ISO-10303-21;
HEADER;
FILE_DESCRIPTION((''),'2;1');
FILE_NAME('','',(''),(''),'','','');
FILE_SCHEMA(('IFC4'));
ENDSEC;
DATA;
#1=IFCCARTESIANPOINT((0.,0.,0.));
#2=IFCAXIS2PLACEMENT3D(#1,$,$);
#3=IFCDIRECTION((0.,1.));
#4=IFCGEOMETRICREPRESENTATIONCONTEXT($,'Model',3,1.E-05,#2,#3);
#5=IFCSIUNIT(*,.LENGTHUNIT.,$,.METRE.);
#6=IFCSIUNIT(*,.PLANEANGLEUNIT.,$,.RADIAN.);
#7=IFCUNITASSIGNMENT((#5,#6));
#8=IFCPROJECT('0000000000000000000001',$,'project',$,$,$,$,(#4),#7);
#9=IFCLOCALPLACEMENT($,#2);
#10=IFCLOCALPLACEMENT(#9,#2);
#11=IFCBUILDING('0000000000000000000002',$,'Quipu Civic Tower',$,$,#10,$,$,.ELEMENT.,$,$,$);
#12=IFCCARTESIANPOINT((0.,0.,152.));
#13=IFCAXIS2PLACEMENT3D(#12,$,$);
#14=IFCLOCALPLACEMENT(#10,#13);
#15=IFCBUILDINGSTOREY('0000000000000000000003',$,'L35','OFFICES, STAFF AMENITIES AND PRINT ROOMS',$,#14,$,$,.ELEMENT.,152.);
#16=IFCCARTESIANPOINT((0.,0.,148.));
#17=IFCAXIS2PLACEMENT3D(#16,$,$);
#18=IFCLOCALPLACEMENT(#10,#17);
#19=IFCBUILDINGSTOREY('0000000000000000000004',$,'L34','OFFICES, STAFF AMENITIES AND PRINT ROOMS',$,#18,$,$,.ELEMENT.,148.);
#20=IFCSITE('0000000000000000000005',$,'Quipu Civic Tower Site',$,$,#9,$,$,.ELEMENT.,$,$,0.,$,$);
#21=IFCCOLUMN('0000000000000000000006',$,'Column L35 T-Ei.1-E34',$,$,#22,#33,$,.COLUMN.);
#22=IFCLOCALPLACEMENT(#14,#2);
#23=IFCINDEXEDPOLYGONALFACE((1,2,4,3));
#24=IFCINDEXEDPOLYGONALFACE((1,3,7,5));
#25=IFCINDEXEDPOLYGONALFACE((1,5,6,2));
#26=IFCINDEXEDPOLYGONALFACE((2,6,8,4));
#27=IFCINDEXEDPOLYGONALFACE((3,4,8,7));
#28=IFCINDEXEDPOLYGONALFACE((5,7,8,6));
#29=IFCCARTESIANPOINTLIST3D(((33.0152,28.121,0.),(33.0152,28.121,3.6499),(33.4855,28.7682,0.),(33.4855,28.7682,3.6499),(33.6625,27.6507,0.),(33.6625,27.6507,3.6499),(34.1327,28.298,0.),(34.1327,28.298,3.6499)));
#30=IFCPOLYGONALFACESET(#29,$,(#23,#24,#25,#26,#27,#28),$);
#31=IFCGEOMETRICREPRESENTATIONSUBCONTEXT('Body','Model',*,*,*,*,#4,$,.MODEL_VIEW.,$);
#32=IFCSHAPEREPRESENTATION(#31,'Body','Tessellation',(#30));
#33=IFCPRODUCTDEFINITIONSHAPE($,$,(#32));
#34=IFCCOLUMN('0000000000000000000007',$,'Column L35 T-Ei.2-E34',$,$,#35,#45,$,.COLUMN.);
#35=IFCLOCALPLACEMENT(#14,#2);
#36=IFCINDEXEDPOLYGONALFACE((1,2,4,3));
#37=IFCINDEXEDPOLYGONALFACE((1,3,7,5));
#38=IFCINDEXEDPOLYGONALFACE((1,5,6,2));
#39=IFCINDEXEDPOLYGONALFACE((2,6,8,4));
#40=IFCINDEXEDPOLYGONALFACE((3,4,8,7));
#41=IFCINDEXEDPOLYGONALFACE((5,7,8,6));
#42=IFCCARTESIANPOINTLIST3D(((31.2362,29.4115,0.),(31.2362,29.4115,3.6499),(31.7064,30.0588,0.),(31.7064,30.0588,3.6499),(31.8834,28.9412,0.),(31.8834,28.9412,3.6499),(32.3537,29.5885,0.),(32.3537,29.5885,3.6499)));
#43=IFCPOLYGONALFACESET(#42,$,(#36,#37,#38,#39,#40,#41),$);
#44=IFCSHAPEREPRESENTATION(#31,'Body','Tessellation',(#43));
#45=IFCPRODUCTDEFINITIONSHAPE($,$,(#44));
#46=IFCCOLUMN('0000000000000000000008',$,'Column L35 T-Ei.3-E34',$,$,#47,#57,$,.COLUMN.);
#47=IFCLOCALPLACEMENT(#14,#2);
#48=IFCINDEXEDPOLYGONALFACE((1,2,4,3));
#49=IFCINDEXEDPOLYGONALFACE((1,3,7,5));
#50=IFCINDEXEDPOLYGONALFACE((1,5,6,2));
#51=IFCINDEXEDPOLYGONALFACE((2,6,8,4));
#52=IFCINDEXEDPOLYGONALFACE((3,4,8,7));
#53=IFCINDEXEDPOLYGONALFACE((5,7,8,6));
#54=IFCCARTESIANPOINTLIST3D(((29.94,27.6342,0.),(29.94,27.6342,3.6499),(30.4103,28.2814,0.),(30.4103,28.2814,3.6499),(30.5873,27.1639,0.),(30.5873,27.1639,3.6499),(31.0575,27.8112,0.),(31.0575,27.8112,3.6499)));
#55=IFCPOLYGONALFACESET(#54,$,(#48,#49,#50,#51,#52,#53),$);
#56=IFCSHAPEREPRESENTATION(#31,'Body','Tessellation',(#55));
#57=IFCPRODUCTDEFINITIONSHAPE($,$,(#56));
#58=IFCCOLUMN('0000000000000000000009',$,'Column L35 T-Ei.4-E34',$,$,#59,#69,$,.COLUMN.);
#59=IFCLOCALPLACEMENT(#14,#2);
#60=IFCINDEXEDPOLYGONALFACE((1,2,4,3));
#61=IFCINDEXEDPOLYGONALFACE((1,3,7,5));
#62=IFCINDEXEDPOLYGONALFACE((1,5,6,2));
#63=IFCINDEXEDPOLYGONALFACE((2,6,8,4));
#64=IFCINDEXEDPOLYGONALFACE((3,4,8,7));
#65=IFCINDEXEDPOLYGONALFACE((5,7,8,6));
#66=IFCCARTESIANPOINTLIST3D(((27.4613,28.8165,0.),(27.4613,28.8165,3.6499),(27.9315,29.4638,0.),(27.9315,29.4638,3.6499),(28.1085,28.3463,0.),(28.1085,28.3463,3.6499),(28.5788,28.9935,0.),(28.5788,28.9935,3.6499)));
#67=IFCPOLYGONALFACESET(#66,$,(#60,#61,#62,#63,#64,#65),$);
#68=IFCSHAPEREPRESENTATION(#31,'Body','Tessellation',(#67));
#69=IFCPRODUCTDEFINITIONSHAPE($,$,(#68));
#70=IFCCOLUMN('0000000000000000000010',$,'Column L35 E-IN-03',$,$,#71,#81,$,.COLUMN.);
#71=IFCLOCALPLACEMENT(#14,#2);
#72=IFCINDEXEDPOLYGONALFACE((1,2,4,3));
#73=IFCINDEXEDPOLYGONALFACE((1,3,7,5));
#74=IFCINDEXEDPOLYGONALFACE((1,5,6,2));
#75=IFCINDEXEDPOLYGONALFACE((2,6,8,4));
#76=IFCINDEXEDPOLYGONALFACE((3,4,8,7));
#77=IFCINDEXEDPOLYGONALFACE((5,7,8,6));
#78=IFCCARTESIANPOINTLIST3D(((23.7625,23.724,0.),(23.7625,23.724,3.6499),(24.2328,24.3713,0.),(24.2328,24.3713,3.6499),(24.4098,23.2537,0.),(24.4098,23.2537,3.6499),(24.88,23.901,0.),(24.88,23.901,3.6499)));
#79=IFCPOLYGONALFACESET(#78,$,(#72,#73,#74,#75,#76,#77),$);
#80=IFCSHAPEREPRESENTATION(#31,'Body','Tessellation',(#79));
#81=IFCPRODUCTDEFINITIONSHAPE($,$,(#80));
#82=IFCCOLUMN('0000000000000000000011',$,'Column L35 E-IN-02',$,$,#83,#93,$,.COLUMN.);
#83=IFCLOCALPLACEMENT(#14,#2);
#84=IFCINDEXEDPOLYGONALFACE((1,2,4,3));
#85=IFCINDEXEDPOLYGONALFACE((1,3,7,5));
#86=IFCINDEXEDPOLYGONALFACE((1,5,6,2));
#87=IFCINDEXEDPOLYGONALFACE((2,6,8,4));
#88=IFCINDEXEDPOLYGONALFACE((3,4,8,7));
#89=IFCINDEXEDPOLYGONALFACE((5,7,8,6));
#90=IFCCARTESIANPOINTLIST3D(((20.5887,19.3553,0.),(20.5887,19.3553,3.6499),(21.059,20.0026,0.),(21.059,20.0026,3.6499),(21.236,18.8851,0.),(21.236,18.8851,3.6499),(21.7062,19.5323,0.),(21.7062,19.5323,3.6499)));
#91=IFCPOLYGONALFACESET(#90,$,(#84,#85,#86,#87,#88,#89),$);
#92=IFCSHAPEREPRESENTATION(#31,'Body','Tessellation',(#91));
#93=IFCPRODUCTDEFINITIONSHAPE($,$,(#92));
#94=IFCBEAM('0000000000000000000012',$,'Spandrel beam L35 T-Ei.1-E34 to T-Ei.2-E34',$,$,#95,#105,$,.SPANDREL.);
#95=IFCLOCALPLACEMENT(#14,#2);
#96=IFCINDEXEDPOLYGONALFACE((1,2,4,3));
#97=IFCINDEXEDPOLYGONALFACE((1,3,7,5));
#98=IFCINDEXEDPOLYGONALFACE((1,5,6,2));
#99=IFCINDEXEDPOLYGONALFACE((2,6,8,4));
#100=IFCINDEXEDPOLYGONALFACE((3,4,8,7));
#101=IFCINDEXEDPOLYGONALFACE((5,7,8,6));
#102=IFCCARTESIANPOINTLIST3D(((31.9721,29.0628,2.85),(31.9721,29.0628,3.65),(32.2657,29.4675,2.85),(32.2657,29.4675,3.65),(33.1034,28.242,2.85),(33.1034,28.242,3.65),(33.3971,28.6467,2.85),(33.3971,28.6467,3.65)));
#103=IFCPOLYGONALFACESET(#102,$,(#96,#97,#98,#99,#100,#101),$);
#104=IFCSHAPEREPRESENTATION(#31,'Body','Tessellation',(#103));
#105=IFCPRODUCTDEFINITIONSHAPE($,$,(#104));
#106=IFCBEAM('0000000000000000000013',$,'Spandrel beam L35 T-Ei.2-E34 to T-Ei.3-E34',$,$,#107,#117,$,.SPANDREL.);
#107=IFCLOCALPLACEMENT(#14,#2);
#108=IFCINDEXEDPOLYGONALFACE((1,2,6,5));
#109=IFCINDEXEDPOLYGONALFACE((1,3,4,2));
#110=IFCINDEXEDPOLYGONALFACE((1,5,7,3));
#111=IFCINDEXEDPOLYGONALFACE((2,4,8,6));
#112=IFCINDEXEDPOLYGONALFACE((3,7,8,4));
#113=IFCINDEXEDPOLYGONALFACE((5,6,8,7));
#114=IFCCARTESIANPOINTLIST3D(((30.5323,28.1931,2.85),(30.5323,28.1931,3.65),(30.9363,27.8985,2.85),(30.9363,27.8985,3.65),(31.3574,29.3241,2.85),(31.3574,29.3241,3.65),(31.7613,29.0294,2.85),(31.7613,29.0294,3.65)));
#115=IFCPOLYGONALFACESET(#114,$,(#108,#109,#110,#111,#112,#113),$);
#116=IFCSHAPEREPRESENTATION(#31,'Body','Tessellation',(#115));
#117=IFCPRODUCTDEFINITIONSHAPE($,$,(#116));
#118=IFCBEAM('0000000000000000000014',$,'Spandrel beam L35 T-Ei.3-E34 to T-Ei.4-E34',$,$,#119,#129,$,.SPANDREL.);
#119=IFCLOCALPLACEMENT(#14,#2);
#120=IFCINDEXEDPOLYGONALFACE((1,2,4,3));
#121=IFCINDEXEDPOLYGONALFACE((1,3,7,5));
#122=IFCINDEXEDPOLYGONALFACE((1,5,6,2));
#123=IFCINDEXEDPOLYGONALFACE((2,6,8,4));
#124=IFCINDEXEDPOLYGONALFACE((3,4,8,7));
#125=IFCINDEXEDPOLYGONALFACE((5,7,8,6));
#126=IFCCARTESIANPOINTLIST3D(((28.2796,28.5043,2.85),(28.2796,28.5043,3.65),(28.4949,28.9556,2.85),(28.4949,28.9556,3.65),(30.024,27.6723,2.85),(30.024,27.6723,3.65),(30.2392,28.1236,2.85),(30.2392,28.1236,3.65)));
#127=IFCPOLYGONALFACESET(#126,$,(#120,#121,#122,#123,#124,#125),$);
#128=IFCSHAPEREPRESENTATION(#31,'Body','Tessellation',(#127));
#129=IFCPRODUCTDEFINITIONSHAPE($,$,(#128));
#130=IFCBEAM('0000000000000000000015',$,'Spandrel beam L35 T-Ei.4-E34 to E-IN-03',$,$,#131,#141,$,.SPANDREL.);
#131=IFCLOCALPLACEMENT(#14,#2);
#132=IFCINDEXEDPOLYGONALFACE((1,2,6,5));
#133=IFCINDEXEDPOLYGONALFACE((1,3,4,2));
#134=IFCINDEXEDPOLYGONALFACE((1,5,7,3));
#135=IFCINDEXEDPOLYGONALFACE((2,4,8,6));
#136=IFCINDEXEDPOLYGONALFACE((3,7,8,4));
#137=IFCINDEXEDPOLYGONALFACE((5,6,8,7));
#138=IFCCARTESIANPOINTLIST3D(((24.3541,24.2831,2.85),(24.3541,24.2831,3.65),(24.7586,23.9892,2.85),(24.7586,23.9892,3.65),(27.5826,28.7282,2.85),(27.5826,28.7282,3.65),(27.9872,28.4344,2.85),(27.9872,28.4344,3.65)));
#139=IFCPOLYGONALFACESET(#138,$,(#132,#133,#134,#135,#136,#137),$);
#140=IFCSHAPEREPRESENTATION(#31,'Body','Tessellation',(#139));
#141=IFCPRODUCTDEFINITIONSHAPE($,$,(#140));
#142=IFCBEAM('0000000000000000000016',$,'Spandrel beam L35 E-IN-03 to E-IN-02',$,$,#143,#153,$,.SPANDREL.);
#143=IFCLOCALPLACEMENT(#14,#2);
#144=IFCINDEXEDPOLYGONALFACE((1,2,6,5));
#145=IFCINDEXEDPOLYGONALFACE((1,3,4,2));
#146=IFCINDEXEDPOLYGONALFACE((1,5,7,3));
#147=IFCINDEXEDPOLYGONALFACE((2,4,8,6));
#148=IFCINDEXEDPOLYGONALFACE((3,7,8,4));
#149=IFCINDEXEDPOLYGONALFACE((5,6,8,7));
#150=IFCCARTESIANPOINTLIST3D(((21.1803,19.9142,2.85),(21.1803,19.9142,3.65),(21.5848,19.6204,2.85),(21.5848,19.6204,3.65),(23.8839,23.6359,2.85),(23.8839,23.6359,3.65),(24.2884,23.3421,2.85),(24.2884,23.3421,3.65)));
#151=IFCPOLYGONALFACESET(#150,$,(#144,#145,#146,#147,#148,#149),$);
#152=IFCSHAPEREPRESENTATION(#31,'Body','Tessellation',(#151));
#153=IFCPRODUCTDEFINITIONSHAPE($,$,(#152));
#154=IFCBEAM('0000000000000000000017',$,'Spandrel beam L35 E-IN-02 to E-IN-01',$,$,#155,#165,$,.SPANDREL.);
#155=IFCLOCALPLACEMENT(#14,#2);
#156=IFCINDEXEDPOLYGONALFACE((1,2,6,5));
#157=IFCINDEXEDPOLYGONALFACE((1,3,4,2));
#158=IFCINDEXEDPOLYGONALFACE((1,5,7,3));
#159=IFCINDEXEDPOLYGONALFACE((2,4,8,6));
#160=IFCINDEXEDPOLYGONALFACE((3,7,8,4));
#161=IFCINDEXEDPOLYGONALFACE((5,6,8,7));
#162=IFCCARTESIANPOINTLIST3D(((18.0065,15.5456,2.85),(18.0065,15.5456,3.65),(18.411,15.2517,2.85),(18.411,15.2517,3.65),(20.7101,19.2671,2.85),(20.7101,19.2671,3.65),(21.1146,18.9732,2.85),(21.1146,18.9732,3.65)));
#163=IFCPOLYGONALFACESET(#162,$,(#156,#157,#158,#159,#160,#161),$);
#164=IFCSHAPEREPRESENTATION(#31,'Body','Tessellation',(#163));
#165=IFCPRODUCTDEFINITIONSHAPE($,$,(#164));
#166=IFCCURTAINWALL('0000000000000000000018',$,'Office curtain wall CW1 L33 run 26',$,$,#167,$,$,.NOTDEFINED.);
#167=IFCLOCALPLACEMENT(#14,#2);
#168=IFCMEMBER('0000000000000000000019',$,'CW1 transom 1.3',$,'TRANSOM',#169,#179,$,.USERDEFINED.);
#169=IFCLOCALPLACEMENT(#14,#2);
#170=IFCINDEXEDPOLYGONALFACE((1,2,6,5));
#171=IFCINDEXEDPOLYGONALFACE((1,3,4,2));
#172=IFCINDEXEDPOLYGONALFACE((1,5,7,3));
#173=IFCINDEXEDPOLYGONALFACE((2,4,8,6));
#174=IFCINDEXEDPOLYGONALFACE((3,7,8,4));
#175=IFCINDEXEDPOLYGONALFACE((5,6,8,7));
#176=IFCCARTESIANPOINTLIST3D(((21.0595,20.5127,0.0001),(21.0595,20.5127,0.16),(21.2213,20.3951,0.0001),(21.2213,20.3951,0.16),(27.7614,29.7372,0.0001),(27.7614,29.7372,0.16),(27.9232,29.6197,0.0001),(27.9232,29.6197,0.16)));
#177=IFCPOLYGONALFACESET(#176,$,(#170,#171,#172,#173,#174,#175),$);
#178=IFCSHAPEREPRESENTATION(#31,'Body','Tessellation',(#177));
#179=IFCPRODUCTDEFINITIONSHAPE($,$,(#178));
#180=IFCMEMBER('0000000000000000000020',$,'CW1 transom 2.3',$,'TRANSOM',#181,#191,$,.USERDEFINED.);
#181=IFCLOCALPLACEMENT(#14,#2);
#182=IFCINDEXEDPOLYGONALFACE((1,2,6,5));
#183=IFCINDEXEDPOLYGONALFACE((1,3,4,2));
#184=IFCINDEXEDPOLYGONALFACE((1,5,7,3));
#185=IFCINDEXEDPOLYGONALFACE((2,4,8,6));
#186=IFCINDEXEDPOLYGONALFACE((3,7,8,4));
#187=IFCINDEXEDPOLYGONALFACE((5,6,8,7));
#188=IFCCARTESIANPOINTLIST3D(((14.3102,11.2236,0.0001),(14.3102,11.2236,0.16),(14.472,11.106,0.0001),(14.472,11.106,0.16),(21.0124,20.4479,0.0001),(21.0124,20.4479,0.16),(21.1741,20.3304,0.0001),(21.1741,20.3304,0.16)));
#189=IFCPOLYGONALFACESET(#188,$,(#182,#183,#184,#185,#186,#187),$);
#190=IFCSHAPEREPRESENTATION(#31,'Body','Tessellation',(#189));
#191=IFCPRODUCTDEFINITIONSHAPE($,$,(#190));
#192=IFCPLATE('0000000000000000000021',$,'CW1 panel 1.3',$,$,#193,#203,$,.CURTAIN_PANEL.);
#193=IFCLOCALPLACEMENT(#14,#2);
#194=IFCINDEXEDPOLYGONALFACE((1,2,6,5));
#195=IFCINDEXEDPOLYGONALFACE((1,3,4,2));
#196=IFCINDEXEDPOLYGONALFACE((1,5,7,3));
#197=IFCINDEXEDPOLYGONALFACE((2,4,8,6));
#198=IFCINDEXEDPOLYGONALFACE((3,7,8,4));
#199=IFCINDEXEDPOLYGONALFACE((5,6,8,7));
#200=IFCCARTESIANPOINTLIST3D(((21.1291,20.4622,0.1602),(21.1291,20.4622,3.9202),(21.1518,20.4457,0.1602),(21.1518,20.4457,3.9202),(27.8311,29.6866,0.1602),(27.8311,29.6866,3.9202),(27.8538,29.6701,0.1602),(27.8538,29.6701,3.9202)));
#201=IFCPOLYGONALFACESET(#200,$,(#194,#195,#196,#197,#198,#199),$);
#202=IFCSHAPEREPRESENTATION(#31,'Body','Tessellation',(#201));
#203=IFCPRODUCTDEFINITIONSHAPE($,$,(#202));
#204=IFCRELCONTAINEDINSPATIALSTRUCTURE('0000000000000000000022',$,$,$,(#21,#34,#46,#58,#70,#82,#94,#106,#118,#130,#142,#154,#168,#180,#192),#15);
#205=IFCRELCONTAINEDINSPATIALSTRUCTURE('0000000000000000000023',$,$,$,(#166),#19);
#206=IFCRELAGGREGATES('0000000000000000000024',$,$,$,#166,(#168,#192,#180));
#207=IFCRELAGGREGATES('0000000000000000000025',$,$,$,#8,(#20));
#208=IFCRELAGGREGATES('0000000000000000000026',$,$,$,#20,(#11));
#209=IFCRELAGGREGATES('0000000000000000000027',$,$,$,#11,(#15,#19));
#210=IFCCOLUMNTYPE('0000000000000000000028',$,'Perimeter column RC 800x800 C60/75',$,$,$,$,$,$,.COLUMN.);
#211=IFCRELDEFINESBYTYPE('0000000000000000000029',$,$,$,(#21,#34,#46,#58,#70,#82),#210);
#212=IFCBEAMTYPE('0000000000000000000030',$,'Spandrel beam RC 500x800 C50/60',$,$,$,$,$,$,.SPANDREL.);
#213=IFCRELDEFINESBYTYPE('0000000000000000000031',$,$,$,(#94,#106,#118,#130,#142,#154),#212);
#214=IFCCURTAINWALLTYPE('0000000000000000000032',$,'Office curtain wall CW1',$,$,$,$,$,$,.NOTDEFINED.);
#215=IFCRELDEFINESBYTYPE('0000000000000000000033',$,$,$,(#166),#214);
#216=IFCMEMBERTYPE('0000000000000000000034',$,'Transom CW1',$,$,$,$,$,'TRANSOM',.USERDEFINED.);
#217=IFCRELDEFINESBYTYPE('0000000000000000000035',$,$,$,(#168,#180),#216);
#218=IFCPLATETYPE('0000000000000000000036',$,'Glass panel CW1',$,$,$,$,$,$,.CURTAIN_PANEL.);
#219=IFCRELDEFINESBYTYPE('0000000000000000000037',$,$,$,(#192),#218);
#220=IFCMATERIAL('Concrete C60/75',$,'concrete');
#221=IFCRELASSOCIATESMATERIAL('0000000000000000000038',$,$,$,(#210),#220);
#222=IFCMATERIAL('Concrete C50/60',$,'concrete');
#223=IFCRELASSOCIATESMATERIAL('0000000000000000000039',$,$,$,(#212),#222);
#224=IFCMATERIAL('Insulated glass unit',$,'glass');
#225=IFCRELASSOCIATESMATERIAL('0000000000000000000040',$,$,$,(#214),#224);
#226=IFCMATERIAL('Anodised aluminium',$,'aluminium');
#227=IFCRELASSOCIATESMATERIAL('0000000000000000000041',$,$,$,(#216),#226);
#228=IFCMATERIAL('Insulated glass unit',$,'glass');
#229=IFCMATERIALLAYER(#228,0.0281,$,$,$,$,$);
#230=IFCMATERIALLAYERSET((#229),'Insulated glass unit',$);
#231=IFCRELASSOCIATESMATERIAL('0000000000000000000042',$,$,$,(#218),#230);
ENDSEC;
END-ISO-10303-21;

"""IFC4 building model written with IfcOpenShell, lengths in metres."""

from ifc_helpers import new_model, si_unit, direction, frame, origin, origin_2d, place, context, subcontext, project, spatial, rectangle, extrude, material, layer, layer_set, material_profile, profile_set, type_object, element, aggregate, save


model = new_model("IFC4")

# Units and contexts
model_context = context("Model", 3, precision=1e-05, world=origin(), true_north=direction((0.0, 1.0)))
body_context = subcontext(model_context, "Body", "Model", "MODEL_VIEW")
ifc_project = project(units=[si_unit("LENGTHUNIT", "METRE"), si_unit("PLANEANGLEUNIT", "RADIAN")], contexts=[model_context])

# Site, building, storey
site_placement = place(None, origin())
site = spatial("IfcSite", under=ifc_project, at=site_placement, Name="Quipu Civic Tower Site", CompositionType="ELEMENT", RefElevation=0.0)
building_placement = place(site_placement, origin())
building = spatial("IfcBuilding", under=site, at=building_placement, Name="Quipu Civic Tower", CompositionType="ELEMENT")
storey_1_placement = place(building_placement, frame((0.0, 0.0, 152.0)))
storey_1 = spatial("IfcBuildingStorey", under=building, at=storey_1_placement, Name="L35", Description="OFFICES, STAFF AMENITIES AND PRINT ROOMS", CompositionType="ELEMENT", Elevation=152.0)

# Columns
ifc_material_1 = material(Name="Concrete C60/75", Category="concrete")
ifc_material_profile_1 = material_profile(ifc_material_1, rectangle(XDim=0.8, YDim=0.8, at=origin_2d()), Name="RC800x800")
ifc_profile_set_1 = profile_set([ifc_material_profile_1], Name="Concrete C60/75")
column_type = type_object("IfcColumnType", Name="Perimeter column RC 800x800 C60/75", PredefinedType="COLUMN", material=ifc_profile_set_1)
for number, where, z_axis, x_axis, name in (
    (1, (33.574, 28.2095, 0.0), (0.0, 0.0, 1.0), (-0.809017, 0.587785, 0.0), "Column L35 T-Ei.1-E34"),
    (2, (31.7949, 29.5, 0.0), (0.0, 0.0, 1.0), (-0.587785, -0.809017, 0.0), "Column L35 T-Ei.2-E34"),
    (3, (30.4988, 27.7227, 0.0), (0.0, 0.0, 1.0), (-0.809017, 0.587785, 0.0), "Column L35 T-Ei.3-E34"),
    (4, (28.02, 28.905, 0.0), (0.0, 0.0, 1.0), (-0.809017, 0.587785, 0.0), "Column L35 T-Ei.4-E34"),
    (5, (24.3213, 23.8125, 0.0), (0.0, 0.0, 1.0), (-0.587785, -0.809017, 0.0), "Column L35 E-IN-03"),
    (6, (21.1475, 19.4438, 0.0), (0.0, 0.0, 1.0), (-0.587785, -0.809017, 0.0), "Column L35 E-IN-02"),
):
    element("IfcColumn", number, at=place(storey_1_placement, frame(where, z_axis=z_axis, x_axis=x_axis)), inside=storey_1, type_object=column_type, Name=name, PredefinedType="COLUMN", context=body_context, shape_type="SweptSolid", body=[
        extrude(rectangle(XDim=0.8, YDim=0.8, at=origin_2d()), origin(), (0.0, 0.0, 1.0), 3.6499),
    ])

# Beams
ifc_material_2 = material(Name="Concrete C50/60", Category="concrete")
ifc_material_profile_2 = material_profile(ifc_material_2, rectangle(XDim=0.5, YDim=0.8, at=origin_2d()), Name="RC500x800")
ifc_profile_set_2 = profile_set([ifc_material_profile_2], Name="Concrete C50/60")
beam_type = type_object("IfcBeamType", Name="Spandrel beam RC 500x800 C50/60", PredefinedType="SPANDREL", material=ifc_profile_set_2)
beam_1_placement = place(storey_1_placement, frame((33.2502, 28.4443, 3.25), z_axis=(-0.809415, 0.587237, 0.0), x_axis=(-0.587237, -0.809415, 0.0)))
element("IfcBeam", 7, at=beam_1_placement, inside=storey_1, type_object=beam_type, Name="Spandrel beam L35 T-Ei.1-E34 to T-Ei.2-E34", PredefinedType="SPANDREL", context=body_context, shape_type="SweptSolid", body=[
    extrude(rectangle(XDim=0.5, YDim=0.8, at=origin_2d()), origin(), (0.0, 0.0, 1.0), 1.3977),
])
beam_2_placement = place(storey_1_placement, frame((31.5593, 29.1768, 3.25), z_axis=(-0.589343, -0.807883, 0.0), x_axis=(0.807883, -0.589343, 0.0)))
element("IfcBeam", 8, at=beam_2_placement, inside=storey_1, type_object=beam_type, Name="Spandrel beam L35 T-Ei.2-E34 to T-Ei.3-E34", PredefinedType="SPANDREL", context=body_context, shape_type="SweptSolid", body=[
    extrude(rectangle(XDim=0.5, YDim=0.8, at=origin_2d()), origin(), (0.0, 0.0, 1.0), 1.3999),
])
beam_3_placement = place(storey_1_placement, frame((30.1316, 27.8979, 3.25), z_axis=(-0.902585, 0.430512, 0.0), x_axis=(-0.430512, -0.902585, 0.0)))
element("IfcBeam", 9, at=beam_3_placement, inside=storey_1, type_object=beam_type, Name="Spandrel beam L35 T-Ei.3-E34 to T-Ei.4-E34", PredefinedType="SPANDREL", context=body_context, shape_type="SweptSolid", body=[
    extrude(rectangle(XDim=0.5, YDim=0.8, at=origin_2d()), origin(), (0.0, 0.0, 1.0), 1.9326),
])
beam_4_placement = place(storey_1_placement, frame((27.7849, 28.5813, 3.25), z_axis=(-0.587664, -0.809105, 0.0), x_axis=(0.809105, -0.587664, 0.0)))
element("IfcBeam", 10, at=beam_4_placement, inside=storey_1, type_object=beam_type, Name="Spandrel beam L35 T-Ei.4-E34 to E-IN-03", PredefinedType="SPANDREL", context=body_context, shape_type="SweptSolid", body=[
    extrude(rectangle(XDim=0.5, YDim=0.8, at=origin_2d()), origin(), (0.0, 0.0, 1.0), 5.4939),
])
beam_5_placement = place(storey_1_placement, frame((24.0862, 23.489, 3.25), z_axis=(-0.587736, -0.809053, 0.0), x_axis=(0.809053, -0.587736, 0.0)))
element("IfcBeam", 11, at=beam_5_placement, inside=storey_1, type_object=beam_type, Name="Spandrel beam L35 E-IN-03 to E-IN-02", PredefinedType="SPANDREL", context=body_context, shape_type="SweptSolid", body=[
    extrude(rectangle(XDim=0.5, YDim=0.8, at=origin_2d()), origin(), (0.0, 0.0, 1.0), 4.6001),
])
beam_6_placement = place(storey_1_placement, frame((20.9124, 19.1201, 3.25), z_axis=(-0.587761, -0.809034, 0.0), x_axis=(0.809034, -0.587761, 0.0)))
element("IfcBeam", 12, at=beam_6_placement, inside=storey_1, type_object=beam_type, Name="Spandrel beam L35 E-IN-02 to E-IN-01", PredefinedType="SPANDREL", context=body_context, shape_type="SweptSolid", body=[
    extrude(rectangle(XDim=0.5, YDim=0.8, at=origin_2d()), origin(), (0.0, 0.0, 1.0), 4.5999),
])

# Shared definitions
storey_2_placement = place(building_placement, frame((0.0, 0.0, 148.0)))
storey_2 = spatial("IfcBuildingStorey", under=building, at=storey_2_placement, Name="L34", Description="OFFICES, STAFF AMENITIES AND PRINT ROOMS", CompositionType="ELEMENT", Elevation=148.0)

# Curtain wall, members, plate
ifc_material_3 = material(Name="Insulated glass unit", Category="glass")
curtain_wall_type = type_object("IfcCurtainWallType", Name="Office curtain wall CW1", PredefinedType="NOTDEFINED", material=ifc_material_3)
curtain_wall_placement = place(storey_2_placement, origin())
curtain_wall = element("IfcCurtainWall", 13, at=curtain_wall_placement, inside=storey_2, type_object=curtain_wall_type, Name="Office curtain wall CW1 L33 run 26", PredefinedType="NOTDEFINED")
ifc_material_4 = material(Name="Anodised aluminium", Category="aluminium")
ifc_material_profile_3 = material_profile(ifc_material_4, rectangle(XDim=0.2, YDim=0.1599, at=origin_2d()), Name="RECT 200x160")
ifc_profile_set_3 = profile_set([ifc_material_profile_3], Name="Anodised aluminium")
member_type = type_object("IfcMemberType", Name="Transom CW1", ElementType="TRANSOM", PredefinedType="USERDEFINED", material=ifc_profile_set_3)
member_1_placement = place(storey_1_placement, frame((27.8423, 29.6785, 0.0801), z_axis=(-0.587776, -0.809024, 0.0), x_axis=(0.809024, -0.587776, 0.0)))
member_1 = element("IfcMember", 14, at=member_1_placement, inside=storey_1, type_object=member_type, Name="CW1 transom 1.3", ObjectType="TRANSOM", PredefinedType="USERDEFINED", context=body_context, shape_type="SweptSolid", body=[
    extrude(rectangle(XDim=0.2, YDim=0.1599, at=origin_2d()), origin(), (0.0, 0.0, 1.0), 11.4021),
])
member_2_placement = place(storey_1_placement, frame((21.0933, 20.3892, 0.0801), z_axis=(-0.5878, -0.809006, 0.0), x_axis=(0.809006, -0.5878, 0.0)))
member_2 = element("IfcMember", 15, at=member_2_placement, inside=storey_1, type_object=member_type, Name="CW1 transom 2.3", ObjectType="TRANSOM", PredefinedType="USERDEFINED", context=body_context, shape_type="SweptSolid", body=[
    extrude(rectangle(XDim=0.2, YDim=0.1599, at=origin_2d()), origin(), (0.0, 0.0, 1.0), 11.4021),
])
ifc_material_5 = material(Name="Insulated glass unit", Category="glass")
ifc_layer_1 = layer(ifc_material_5, 0.0281)
ifc_layer_set_1 = layer_set([ifc_layer_1], Name="Insulated glass unit")
plate_type_1 = type_object("IfcPlateType", Name="Glass panel CW1", PredefinedType="CURTAIN_PANEL", material=ifc_layer_set_1)
plate_placement = place(storey_1_placement, frame((24.4915, 25.0662, 0.1602), z_axis=(0.0, 0.0, 1.0), x_axis=(-0.587789, -0.809014, 0.0)))
plate = element("IfcPlate", 16, at=plate_placement, inside=storey_1, type_object=plate_type_1, Name="CW1 panel 1.3", PredefinedType="CURTAIN_PANEL", context=body_context, shape_type="SweptSolid", body=[
    extrude(rectangle(XDim=11.4021, YDim=0.0281, at=origin_2d()), origin(), (0.0, 0.0, 1.0), 3.76),
])
aggregate(curtain_wall, [member_1, plate, member_2])

save(model, "model.ifc")
